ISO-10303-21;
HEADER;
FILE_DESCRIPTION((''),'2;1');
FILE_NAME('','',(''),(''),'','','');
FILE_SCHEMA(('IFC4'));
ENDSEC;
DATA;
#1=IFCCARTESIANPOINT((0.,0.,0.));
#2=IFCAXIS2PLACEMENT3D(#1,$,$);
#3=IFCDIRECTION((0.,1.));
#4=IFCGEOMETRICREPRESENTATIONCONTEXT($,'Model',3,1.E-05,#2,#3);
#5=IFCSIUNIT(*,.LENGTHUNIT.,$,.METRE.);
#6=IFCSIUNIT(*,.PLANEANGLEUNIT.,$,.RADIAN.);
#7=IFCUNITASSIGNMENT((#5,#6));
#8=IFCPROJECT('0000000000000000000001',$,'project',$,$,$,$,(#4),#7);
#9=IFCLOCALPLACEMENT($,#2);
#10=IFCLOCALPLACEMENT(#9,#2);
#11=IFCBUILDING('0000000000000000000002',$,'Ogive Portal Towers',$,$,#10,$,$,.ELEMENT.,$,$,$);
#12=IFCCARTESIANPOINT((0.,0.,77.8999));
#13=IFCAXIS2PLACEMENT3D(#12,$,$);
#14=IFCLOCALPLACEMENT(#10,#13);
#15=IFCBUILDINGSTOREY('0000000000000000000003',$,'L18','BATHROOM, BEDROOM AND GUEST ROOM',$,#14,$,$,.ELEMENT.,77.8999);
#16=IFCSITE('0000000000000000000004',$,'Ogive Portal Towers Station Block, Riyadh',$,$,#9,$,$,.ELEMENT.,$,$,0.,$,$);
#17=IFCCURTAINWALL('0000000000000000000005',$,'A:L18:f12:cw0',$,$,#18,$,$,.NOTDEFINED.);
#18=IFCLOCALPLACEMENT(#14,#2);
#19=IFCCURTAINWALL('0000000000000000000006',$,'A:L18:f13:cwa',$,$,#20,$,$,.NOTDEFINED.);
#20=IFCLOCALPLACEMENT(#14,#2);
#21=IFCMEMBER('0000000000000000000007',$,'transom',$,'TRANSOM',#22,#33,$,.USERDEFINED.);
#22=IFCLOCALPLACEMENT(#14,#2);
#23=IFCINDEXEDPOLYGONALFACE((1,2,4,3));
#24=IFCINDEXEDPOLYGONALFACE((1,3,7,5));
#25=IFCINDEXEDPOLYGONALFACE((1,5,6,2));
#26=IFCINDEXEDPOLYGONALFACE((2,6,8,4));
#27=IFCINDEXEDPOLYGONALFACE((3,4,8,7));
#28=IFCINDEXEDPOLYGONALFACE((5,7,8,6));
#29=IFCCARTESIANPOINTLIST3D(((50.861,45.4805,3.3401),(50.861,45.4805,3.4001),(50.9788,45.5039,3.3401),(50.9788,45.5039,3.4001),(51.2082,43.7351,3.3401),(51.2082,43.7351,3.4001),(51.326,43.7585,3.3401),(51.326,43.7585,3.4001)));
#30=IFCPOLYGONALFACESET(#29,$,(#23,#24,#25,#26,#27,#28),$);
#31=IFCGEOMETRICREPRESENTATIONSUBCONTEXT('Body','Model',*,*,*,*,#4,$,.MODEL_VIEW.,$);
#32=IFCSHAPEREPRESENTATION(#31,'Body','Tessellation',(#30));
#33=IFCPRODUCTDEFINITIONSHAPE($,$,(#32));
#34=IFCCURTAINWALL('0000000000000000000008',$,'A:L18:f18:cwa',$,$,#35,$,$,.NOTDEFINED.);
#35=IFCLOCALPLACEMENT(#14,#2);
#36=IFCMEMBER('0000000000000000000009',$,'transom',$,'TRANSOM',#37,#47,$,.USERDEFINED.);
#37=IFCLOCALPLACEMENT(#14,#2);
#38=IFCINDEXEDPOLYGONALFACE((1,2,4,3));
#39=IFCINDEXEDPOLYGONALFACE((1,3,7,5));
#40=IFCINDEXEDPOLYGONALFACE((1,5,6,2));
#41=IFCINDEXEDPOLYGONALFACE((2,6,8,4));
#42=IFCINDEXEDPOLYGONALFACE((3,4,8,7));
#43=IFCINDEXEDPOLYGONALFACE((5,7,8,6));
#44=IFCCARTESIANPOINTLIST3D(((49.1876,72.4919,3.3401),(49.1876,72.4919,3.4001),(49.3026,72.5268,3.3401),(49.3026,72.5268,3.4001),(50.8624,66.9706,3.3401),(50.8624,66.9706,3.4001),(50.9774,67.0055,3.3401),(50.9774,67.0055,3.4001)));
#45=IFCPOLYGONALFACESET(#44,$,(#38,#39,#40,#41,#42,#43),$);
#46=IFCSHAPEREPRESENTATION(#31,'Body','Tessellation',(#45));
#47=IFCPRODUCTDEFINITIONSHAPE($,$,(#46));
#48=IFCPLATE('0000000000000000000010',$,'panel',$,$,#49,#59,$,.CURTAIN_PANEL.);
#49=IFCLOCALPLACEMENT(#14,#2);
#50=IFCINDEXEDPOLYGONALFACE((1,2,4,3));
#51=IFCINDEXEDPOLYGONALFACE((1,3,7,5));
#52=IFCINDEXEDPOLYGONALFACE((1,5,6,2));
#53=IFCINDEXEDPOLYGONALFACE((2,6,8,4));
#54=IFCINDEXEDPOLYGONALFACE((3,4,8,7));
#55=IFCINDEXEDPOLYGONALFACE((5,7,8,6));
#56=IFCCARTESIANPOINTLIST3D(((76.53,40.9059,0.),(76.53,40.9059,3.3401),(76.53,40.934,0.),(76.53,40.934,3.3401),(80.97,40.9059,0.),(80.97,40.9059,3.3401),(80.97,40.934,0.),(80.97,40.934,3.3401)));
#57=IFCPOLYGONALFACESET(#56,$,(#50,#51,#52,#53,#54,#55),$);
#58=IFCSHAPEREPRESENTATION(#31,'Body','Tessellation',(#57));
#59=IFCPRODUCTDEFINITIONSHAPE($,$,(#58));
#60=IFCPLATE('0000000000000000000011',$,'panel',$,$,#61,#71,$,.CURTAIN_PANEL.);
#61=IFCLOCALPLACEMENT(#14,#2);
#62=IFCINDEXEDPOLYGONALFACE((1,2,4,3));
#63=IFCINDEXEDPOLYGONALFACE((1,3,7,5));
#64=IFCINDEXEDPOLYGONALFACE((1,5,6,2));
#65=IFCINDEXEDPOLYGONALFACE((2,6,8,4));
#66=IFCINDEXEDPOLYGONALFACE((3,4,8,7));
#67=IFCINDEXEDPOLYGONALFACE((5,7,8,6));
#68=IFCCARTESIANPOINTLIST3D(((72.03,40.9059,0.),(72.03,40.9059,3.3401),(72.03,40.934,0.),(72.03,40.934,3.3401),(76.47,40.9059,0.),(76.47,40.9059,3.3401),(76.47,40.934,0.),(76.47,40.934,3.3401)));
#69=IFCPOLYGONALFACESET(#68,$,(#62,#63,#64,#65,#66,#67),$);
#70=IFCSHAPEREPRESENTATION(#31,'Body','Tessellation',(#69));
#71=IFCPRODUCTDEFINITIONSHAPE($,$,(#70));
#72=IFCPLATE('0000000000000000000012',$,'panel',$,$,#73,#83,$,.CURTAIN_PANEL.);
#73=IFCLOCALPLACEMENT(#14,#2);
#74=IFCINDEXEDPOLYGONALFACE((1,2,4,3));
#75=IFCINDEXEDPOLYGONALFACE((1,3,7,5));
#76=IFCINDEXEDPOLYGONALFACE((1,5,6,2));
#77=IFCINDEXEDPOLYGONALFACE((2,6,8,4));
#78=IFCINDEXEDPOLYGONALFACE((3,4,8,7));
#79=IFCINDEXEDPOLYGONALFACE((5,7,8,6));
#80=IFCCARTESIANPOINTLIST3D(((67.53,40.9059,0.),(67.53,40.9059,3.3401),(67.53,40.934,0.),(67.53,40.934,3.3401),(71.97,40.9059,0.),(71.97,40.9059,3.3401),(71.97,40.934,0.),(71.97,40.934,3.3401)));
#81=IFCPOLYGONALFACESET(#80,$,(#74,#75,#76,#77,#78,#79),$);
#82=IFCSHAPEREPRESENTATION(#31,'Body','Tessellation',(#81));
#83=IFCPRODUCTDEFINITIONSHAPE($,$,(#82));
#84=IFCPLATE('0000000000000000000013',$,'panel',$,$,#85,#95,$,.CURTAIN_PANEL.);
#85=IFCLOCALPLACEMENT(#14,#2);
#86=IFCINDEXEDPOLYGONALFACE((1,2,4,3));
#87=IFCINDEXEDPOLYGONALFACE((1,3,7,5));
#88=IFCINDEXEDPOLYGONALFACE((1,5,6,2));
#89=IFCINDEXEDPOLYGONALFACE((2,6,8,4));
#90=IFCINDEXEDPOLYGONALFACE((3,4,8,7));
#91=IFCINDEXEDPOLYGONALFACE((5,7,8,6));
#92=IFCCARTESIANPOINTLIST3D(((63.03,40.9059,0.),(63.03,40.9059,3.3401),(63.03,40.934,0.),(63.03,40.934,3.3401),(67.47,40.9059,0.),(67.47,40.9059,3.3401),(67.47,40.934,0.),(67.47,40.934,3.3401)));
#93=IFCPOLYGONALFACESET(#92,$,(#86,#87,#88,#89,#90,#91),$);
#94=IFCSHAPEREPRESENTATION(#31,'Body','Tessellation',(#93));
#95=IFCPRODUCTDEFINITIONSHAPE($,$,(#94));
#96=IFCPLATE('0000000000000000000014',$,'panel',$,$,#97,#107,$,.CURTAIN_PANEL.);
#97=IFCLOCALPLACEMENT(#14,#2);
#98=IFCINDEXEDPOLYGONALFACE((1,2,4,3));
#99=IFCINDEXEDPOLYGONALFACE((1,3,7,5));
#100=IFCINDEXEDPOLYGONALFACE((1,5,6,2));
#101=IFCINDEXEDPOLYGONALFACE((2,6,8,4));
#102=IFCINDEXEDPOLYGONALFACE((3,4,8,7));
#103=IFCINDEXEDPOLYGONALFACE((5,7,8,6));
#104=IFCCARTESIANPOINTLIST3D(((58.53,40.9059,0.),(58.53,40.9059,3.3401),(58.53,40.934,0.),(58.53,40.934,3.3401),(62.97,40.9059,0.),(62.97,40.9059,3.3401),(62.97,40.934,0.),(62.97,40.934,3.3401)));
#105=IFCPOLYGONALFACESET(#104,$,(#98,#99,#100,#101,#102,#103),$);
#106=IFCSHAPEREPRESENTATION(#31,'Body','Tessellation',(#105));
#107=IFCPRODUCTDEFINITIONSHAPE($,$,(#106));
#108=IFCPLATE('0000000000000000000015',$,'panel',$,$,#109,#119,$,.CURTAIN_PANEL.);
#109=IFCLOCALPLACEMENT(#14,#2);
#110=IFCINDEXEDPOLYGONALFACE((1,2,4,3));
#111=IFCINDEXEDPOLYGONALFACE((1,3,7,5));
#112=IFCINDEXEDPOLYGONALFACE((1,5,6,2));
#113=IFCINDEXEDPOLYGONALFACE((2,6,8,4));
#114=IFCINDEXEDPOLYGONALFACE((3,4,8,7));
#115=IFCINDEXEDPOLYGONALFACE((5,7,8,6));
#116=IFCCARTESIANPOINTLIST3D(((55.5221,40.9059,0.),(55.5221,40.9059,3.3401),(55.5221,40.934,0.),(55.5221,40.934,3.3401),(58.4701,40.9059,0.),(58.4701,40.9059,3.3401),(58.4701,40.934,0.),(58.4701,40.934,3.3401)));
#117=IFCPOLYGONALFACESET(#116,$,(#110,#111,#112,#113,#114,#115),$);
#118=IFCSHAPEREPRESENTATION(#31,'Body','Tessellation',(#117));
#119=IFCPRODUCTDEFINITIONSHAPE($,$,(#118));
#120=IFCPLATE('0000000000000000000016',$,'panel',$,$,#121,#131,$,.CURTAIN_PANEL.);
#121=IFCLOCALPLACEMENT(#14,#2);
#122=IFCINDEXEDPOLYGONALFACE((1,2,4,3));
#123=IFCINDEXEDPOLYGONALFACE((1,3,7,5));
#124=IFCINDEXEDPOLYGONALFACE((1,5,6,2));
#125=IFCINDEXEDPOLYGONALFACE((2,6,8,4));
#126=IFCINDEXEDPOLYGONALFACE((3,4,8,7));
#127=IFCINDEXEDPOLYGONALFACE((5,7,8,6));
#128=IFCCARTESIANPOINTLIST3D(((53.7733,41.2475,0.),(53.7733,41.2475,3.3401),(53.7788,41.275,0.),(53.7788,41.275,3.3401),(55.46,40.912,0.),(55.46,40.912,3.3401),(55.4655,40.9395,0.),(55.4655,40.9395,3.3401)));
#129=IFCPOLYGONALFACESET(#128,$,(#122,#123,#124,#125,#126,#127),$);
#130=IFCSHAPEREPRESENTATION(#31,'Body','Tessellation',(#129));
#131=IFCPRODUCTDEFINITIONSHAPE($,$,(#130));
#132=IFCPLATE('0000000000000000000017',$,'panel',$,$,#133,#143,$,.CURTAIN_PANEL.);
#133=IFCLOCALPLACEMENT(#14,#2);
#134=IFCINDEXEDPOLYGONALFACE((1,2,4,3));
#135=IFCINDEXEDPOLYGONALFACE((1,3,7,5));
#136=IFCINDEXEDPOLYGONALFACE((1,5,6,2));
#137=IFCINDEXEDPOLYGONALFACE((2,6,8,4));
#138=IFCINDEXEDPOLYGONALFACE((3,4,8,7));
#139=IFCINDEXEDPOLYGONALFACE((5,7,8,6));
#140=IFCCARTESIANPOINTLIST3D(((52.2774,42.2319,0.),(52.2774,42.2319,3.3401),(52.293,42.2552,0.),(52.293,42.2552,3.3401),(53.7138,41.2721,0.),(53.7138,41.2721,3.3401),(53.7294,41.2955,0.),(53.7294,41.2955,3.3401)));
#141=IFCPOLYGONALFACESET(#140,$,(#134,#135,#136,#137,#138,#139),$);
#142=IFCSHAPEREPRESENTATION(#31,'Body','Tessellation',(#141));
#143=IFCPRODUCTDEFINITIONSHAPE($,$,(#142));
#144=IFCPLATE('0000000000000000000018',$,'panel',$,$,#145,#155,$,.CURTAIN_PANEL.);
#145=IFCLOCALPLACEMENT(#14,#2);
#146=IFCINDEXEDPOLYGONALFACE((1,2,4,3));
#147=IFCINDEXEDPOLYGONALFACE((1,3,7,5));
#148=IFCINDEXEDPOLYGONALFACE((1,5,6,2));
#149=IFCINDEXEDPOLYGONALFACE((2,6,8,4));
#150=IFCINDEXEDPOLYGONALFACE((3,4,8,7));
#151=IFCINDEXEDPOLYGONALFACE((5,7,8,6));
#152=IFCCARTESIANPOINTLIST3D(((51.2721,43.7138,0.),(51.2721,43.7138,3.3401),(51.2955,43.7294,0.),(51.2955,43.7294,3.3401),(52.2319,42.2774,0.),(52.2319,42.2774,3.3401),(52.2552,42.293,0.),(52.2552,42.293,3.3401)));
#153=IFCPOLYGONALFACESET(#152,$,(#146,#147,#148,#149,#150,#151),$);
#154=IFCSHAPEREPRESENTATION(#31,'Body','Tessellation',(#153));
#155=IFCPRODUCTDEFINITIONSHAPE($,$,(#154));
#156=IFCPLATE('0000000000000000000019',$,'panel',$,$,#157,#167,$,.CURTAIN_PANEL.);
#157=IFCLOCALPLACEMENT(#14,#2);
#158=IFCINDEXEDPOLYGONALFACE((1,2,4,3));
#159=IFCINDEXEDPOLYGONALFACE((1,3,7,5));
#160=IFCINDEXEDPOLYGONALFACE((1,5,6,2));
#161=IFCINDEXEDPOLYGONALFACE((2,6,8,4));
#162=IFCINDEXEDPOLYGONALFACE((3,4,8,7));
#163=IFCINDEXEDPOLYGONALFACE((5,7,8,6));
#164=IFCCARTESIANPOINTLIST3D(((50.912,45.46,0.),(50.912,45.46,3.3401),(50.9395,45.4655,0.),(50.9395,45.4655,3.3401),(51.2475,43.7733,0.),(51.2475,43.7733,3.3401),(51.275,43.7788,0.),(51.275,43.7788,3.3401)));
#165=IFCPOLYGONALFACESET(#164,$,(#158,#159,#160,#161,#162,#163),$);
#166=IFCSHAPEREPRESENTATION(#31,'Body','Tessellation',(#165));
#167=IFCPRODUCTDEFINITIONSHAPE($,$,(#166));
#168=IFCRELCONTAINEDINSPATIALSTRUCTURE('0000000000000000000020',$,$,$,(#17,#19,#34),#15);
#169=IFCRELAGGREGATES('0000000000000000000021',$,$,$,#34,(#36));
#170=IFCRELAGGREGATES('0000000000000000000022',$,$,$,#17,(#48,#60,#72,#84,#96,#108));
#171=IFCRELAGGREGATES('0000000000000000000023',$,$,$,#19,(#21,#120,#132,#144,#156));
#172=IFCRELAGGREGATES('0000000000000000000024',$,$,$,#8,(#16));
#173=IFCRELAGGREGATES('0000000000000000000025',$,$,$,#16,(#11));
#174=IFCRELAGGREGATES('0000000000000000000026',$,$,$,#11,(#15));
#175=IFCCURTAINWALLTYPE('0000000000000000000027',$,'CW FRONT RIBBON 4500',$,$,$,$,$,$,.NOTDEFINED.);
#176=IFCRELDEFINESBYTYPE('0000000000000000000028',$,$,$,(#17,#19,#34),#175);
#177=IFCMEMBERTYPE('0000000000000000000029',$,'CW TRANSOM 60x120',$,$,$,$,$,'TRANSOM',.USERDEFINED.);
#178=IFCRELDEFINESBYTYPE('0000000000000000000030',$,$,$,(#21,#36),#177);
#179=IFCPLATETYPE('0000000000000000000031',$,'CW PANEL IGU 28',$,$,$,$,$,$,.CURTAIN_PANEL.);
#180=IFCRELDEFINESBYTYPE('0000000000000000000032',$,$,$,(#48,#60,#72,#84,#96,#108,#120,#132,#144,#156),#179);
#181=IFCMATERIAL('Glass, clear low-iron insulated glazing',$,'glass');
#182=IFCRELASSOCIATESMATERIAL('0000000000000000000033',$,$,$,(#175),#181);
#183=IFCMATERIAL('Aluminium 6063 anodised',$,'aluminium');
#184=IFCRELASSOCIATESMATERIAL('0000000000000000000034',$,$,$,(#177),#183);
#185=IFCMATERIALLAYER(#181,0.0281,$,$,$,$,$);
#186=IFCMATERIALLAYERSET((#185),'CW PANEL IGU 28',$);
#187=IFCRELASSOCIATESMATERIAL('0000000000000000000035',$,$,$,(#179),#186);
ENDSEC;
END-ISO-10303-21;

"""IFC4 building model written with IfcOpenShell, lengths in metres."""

from ifc_helpers import new_model, si_unit, direction, frame, origin, origin_2d, place, context, subcontext, project, spatial, rectangle, extrude, material, layer, layer_set, material_profile, profile_set, type_object, element, aggregate, save


model = new_model("IFC4")

# Units and contexts
model_context = context("Model", 3, precision=1e-05, world=origin(), true_north=direction((0.0, 1.0)))
body_context = subcontext(model_context, "Body", "Model", "MODEL_VIEW")
ifc_project = project(units=[si_unit("LENGTHUNIT", "METRE"), si_unit("PLANEANGLEUNIT", "RADIAN")], contexts=[model_context])

# Site, building, storey
site_placement = place(None, origin())
site = spatial("IfcSite", under=ifc_project, at=site_placement, Name="Ogive Portal Towers Station Block, Riyadh", CompositionType="ELEMENT", RefElevation=0.0)
building_placement = place(site_placement, origin())
building = spatial("IfcBuilding", under=site, at=building_placement, Name="Ogive Portal Towers", CompositionType="ELEMENT")
storey_placement = place(building_placement, frame((0.0, 0.0, 77.8999)))
storey = spatial("IfcBuildingStorey", under=building, at=storey_placement, Name="L18", Description="BATHROOM, BEDROOM AND GUEST ROOM", CompositionType="ELEMENT", Elevation=77.8999)

# Curtain walls, member
ifc_material_1 = material(Name="Glass, clear low-iron insulated glazing", Category="glass")
curtain_wall_type = type_object("IfcCurtainWallType", Name="CW FRONT RIBBON 4500", PredefinedType="NOTDEFINED", material=ifc_material_1)
curtain_wall_1_placement = place(storey_placement, origin())
curtain_wall_1 = element("IfcCurtainWall", 1, at=curtain_wall_1_placement, inside=storey, type_object=curtain_wall_type, Name="A:L18:f12:cw0", PredefinedType="NOTDEFINED")
ifc_material_2 = material(Name="Aluminium 6063 anodised", Category="aluminium")
curtain_wall_2_placement = place(storey_placement, origin())
curtain_wall_2 = element("IfcCurtainWall", 2, at=curtain_wall_2_placement, inside=storey, type_object=curtain_wall_type, Name="A:L18:f13:cwa", PredefinedType="NOTDEFINED")
ifc_material_profile_1 = material_profile(ifc_material_2, rectangle(XDim=0.1201, YDim=0.0601, at=origin_2d()), Name="AL 120x60")
ifc_profile_set_1 = profile_set([ifc_material_profile_1], Name="Aluminium 6063 anodised")
member_type_1 = type_object("IfcMemberType", Name="CW TRANSOM 60x120", ElementType="TRANSOM", PredefinedType="USERDEFINED", material=ifc_profile_set_1)
member_1_placement = place(storey_placement, frame((51.2671, 43.7468, 3.3701), z_axis=(-0.195087, 0.980786, 0.0), x_axis=(-0.980786, -0.195087, 0.0)))
member_1 = element("IfcMember", 3, at=member_1_placement, type_object=member_type_1, Name="transom", ObjectType="TRANSOM", PredefinedType="USERDEFINED", context=body_context, shape_type="SweptSolid", body=[
    extrude(rectangle(XDim=0.1201, YDim=0.0601, at=origin_2d()), origin(), (0.0, 0.0, 1.0), 1.7795),
])

# Curtain wall, member
curtain_wall_3_placement = place(storey_placement, origin())
curtain_wall_3 = element("IfcCurtainWall", 4, at=curtain_wall_3_placement, inside=storey, type_object=curtain_wall_type, Name="A:L18:f18:cwa", PredefinedType="NOTDEFINED")
member_2_placement = place(storey_placement, frame((50.9199, 66.988, 3.3701), z_axis=(-0.290277, 0.956943, 0.0), x_axis=(-0.956943, -0.290277, 0.0)))
member_2 = element("IfcMember", 5, at=member_2_placement, type_object=member_type_1, Name="transom", ObjectType="TRANSOM", PredefinedType="USERDEFINED", context=body_context, shape_type="SweptSolid", body=[
    extrude(rectangle(XDim=0.1201, YDim=0.0601, at=origin_2d()), origin(), (0.0, 0.0, 1.0), 5.7698),
])
aggregate(curtain_wall_3, [member_2])

# Plates
ifc_layer = layer(ifc_material_1, 0.0281)
ifc_layer_set = layer_set([ifc_layer], Name="CW PANEL IGU 28")
plate_type = type_object("IfcPlateType", Name="CW PANEL IGU 28", PredefinedType="CURTAIN_PANEL", material=ifc_layer_set)
plate_1_placement = place(storey_placement, frame((78.75, 40.9199, 0.0), z_axis=(0.0, 0.0, 1.0), x_axis=(-1.0, 0.0, 0.0)))
plate_1 = element("IfcPlate", 6, at=plate_1_placement, type_object=plate_type, Name="panel", PredefinedType="CURTAIN_PANEL", context=body_context, shape_type="SweptSolid", body=[
    extrude(rectangle(XDim=4.4399, YDim=0.0281, at=origin_2d()), origin(), (0.0, 0.0, 1.0), 3.3401),
])
plate_2_placement = place(storey_placement, frame((74.25, 40.9199, 0.0), z_axis=(0.0, 0.0, 1.0), x_axis=(-1.0, 0.0, 0.0)))
plate_2 = element("IfcPlate", 7, at=plate_2_placement, type_object=plate_type, Name="panel", PredefinedType="CURTAIN_PANEL", context=body_context, shape_type="SweptSolid", body=[
    extrude(rectangle(XDim=4.4399, YDim=0.0281, at=origin_2d()), origin(), (0.0, 0.0, 1.0), 3.3401),
])
plate_3_placement = place(storey_placement, frame((69.75, 40.9199, 0.0), z_axis=(0.0, 0.0, 1.0), x_axis=(-1.0, 0.0, 0.0)))
plate_3 = element("IfcPlate", 8, at=plate_3_placement, type_object=plate_type, Name="panel", PredefinedType="CURTAIN_PANEL", context=body_context, shape_type="SweptSolid", body=[
    extrude(rectangle(XDim=4.4399, YDim=0.0281, at=origin_2d()), origin(), (0.0, 0.0, 1.0), 3.3401),
])
plate_4_placement = place(storey_placement, frame((65.25, 40.9199, 0.0), z_axis=(0.0, 0.0, 1.0), x_axis=(-1.0, 0.0, 0.0)))
plate_4 = element("IfcPlate", 9, at=plate_4_placement, type_object=plate_type, Name="panel", PredefinedType="CURTAIN_PANEL", context=body_context, shape_type="SweptSolid", body=[
    extrude(rectangle(XDim=4.4399, YDim=0.0281, at=origin_2d()), origin(), (0.0, 0.0, 1.0), 3.3401),
])
plate_5_placement = place(storey_placement, frame((60.75, 40.9199, 0.0), z_axis=(0.0, 0.0, 1.0), x_axis=(-1.0, 0.0, 0.0)))
plate_5 = element("IfcPlate", 10, at=plate_5_placement, type_object=plate_type, Name="panel", PredefinedType="CURTAIN_PANEL", context=body_context, shape_type="SweptSolid", body=[
    extrude(rectangle(XDim=4.4399, YDim=0.0281, at=origin_2d()), origin(), (0.0, 0.0, 1.0), 3.3401),
])
plate_6_placement = place(storey_placement, frame((56.9961, 40.9199, 0.0), z_axis=(0.0, 0.0, 1.0), x_axis=(-1.0, 0.0, 0.0)))
plate_6 = element("IfcPlate", 11, at=plate_6_placement, type_object=plate_type, Name="panel", PredefinedType="CURTAIN_PANEL", context=body_context, shape_type="SweptSolid", body=[
    extrude(rectangle(XDim=2.948, YDim=0.0281, at=origin_2d()), origin(), (0.0, 0.0, 1.0), 3.3401),
])
aggregate(curtain_wall_1, [plate_1, plate_2, plate_3, plate_4, plate_5, plate_6])
plate_7_placement = place(storey_placement, frame((54.6194, 41.0935, 0.0), z_axis=(0.0, 0.0, 1.0), x_axis=(-0.980785, 0.19509, 0.0)))
plate_7 = element("IfcPlate", 12, at=plate_7_placement, type_object=plate_type, Name="panel", PredefinedType="CURTAIN_PANEL", context=body_context, shape_type="SweptSolid", body=[
    extrude(rectangle(XDim=1.7197, YDim=0.0281, at=origin_2d()), origin(), (0.0, 0.0, 1.0), 3.3401),
])
plate_8_placement = place(storey_placement, frame((53.0034, 41.7637, 0.0), z_axis=(0.0, 0.0, 1.0), x_axis=(-0.83147, 0.55557, 0.0)))
plate_8 = element("IfcPlate", 13, at=plate_8_placement, type_object=plate_type, Name="panel", PredefinedType="CURTAIN_PANEL", context=body_context, shape_type="SweptSolid", body=[
    extrude(rectangle(XDim=1.7275, YDim=0.0281, at=origin_2d()), origin(), (0.0, 0.0, 1.0), 3.3401),
])
plate_9_placement = place(storey_placement, frame((51.7637, 43.0034, 0.0), z_axis=(0.0, 0.0, 1.0), x_axis=(-0.55557, 0.83147, 0.0)))
plate_9 = element("IfcPlate", 14, at=plate_9_placement, type_object=plate_type, Name="panel", PredefinedType="CURTAIN_PANEL", context=body_context, shape_type="SweptSolid", body=[
    extrude(rectangle(XDim=1.7275, YDim=0.0281, at=origin_2d()), origin(), (0.0, 0.0, 1.0), 3.3401),
])
plate_10_placement = place(storey_placement, frame((51.0935, 44.6194, 0.0), z_axis=(0.0, 0.0, 1.0), x_axis=(-0.19509, 0.980785, 0.0)))
plate_10 = element("IfcPlate", 15, at=plate_10_placement, type_object=plate_type, Name="panel", PredefinedType="CURTAIN_PANEL", context=body_context, shape_type="SweptSolid", body=[
    extrude(rectangle(XDim=1.7197, YDim=0.0281, at=origin_2d()), origin(), (0.0, 0.0, 1.0), 3.3401),
])
aggregate(curtain_wall_2, [member_1, plate_7, plate_8, plate_9, plate_10])

save(model, "model.ifc")
